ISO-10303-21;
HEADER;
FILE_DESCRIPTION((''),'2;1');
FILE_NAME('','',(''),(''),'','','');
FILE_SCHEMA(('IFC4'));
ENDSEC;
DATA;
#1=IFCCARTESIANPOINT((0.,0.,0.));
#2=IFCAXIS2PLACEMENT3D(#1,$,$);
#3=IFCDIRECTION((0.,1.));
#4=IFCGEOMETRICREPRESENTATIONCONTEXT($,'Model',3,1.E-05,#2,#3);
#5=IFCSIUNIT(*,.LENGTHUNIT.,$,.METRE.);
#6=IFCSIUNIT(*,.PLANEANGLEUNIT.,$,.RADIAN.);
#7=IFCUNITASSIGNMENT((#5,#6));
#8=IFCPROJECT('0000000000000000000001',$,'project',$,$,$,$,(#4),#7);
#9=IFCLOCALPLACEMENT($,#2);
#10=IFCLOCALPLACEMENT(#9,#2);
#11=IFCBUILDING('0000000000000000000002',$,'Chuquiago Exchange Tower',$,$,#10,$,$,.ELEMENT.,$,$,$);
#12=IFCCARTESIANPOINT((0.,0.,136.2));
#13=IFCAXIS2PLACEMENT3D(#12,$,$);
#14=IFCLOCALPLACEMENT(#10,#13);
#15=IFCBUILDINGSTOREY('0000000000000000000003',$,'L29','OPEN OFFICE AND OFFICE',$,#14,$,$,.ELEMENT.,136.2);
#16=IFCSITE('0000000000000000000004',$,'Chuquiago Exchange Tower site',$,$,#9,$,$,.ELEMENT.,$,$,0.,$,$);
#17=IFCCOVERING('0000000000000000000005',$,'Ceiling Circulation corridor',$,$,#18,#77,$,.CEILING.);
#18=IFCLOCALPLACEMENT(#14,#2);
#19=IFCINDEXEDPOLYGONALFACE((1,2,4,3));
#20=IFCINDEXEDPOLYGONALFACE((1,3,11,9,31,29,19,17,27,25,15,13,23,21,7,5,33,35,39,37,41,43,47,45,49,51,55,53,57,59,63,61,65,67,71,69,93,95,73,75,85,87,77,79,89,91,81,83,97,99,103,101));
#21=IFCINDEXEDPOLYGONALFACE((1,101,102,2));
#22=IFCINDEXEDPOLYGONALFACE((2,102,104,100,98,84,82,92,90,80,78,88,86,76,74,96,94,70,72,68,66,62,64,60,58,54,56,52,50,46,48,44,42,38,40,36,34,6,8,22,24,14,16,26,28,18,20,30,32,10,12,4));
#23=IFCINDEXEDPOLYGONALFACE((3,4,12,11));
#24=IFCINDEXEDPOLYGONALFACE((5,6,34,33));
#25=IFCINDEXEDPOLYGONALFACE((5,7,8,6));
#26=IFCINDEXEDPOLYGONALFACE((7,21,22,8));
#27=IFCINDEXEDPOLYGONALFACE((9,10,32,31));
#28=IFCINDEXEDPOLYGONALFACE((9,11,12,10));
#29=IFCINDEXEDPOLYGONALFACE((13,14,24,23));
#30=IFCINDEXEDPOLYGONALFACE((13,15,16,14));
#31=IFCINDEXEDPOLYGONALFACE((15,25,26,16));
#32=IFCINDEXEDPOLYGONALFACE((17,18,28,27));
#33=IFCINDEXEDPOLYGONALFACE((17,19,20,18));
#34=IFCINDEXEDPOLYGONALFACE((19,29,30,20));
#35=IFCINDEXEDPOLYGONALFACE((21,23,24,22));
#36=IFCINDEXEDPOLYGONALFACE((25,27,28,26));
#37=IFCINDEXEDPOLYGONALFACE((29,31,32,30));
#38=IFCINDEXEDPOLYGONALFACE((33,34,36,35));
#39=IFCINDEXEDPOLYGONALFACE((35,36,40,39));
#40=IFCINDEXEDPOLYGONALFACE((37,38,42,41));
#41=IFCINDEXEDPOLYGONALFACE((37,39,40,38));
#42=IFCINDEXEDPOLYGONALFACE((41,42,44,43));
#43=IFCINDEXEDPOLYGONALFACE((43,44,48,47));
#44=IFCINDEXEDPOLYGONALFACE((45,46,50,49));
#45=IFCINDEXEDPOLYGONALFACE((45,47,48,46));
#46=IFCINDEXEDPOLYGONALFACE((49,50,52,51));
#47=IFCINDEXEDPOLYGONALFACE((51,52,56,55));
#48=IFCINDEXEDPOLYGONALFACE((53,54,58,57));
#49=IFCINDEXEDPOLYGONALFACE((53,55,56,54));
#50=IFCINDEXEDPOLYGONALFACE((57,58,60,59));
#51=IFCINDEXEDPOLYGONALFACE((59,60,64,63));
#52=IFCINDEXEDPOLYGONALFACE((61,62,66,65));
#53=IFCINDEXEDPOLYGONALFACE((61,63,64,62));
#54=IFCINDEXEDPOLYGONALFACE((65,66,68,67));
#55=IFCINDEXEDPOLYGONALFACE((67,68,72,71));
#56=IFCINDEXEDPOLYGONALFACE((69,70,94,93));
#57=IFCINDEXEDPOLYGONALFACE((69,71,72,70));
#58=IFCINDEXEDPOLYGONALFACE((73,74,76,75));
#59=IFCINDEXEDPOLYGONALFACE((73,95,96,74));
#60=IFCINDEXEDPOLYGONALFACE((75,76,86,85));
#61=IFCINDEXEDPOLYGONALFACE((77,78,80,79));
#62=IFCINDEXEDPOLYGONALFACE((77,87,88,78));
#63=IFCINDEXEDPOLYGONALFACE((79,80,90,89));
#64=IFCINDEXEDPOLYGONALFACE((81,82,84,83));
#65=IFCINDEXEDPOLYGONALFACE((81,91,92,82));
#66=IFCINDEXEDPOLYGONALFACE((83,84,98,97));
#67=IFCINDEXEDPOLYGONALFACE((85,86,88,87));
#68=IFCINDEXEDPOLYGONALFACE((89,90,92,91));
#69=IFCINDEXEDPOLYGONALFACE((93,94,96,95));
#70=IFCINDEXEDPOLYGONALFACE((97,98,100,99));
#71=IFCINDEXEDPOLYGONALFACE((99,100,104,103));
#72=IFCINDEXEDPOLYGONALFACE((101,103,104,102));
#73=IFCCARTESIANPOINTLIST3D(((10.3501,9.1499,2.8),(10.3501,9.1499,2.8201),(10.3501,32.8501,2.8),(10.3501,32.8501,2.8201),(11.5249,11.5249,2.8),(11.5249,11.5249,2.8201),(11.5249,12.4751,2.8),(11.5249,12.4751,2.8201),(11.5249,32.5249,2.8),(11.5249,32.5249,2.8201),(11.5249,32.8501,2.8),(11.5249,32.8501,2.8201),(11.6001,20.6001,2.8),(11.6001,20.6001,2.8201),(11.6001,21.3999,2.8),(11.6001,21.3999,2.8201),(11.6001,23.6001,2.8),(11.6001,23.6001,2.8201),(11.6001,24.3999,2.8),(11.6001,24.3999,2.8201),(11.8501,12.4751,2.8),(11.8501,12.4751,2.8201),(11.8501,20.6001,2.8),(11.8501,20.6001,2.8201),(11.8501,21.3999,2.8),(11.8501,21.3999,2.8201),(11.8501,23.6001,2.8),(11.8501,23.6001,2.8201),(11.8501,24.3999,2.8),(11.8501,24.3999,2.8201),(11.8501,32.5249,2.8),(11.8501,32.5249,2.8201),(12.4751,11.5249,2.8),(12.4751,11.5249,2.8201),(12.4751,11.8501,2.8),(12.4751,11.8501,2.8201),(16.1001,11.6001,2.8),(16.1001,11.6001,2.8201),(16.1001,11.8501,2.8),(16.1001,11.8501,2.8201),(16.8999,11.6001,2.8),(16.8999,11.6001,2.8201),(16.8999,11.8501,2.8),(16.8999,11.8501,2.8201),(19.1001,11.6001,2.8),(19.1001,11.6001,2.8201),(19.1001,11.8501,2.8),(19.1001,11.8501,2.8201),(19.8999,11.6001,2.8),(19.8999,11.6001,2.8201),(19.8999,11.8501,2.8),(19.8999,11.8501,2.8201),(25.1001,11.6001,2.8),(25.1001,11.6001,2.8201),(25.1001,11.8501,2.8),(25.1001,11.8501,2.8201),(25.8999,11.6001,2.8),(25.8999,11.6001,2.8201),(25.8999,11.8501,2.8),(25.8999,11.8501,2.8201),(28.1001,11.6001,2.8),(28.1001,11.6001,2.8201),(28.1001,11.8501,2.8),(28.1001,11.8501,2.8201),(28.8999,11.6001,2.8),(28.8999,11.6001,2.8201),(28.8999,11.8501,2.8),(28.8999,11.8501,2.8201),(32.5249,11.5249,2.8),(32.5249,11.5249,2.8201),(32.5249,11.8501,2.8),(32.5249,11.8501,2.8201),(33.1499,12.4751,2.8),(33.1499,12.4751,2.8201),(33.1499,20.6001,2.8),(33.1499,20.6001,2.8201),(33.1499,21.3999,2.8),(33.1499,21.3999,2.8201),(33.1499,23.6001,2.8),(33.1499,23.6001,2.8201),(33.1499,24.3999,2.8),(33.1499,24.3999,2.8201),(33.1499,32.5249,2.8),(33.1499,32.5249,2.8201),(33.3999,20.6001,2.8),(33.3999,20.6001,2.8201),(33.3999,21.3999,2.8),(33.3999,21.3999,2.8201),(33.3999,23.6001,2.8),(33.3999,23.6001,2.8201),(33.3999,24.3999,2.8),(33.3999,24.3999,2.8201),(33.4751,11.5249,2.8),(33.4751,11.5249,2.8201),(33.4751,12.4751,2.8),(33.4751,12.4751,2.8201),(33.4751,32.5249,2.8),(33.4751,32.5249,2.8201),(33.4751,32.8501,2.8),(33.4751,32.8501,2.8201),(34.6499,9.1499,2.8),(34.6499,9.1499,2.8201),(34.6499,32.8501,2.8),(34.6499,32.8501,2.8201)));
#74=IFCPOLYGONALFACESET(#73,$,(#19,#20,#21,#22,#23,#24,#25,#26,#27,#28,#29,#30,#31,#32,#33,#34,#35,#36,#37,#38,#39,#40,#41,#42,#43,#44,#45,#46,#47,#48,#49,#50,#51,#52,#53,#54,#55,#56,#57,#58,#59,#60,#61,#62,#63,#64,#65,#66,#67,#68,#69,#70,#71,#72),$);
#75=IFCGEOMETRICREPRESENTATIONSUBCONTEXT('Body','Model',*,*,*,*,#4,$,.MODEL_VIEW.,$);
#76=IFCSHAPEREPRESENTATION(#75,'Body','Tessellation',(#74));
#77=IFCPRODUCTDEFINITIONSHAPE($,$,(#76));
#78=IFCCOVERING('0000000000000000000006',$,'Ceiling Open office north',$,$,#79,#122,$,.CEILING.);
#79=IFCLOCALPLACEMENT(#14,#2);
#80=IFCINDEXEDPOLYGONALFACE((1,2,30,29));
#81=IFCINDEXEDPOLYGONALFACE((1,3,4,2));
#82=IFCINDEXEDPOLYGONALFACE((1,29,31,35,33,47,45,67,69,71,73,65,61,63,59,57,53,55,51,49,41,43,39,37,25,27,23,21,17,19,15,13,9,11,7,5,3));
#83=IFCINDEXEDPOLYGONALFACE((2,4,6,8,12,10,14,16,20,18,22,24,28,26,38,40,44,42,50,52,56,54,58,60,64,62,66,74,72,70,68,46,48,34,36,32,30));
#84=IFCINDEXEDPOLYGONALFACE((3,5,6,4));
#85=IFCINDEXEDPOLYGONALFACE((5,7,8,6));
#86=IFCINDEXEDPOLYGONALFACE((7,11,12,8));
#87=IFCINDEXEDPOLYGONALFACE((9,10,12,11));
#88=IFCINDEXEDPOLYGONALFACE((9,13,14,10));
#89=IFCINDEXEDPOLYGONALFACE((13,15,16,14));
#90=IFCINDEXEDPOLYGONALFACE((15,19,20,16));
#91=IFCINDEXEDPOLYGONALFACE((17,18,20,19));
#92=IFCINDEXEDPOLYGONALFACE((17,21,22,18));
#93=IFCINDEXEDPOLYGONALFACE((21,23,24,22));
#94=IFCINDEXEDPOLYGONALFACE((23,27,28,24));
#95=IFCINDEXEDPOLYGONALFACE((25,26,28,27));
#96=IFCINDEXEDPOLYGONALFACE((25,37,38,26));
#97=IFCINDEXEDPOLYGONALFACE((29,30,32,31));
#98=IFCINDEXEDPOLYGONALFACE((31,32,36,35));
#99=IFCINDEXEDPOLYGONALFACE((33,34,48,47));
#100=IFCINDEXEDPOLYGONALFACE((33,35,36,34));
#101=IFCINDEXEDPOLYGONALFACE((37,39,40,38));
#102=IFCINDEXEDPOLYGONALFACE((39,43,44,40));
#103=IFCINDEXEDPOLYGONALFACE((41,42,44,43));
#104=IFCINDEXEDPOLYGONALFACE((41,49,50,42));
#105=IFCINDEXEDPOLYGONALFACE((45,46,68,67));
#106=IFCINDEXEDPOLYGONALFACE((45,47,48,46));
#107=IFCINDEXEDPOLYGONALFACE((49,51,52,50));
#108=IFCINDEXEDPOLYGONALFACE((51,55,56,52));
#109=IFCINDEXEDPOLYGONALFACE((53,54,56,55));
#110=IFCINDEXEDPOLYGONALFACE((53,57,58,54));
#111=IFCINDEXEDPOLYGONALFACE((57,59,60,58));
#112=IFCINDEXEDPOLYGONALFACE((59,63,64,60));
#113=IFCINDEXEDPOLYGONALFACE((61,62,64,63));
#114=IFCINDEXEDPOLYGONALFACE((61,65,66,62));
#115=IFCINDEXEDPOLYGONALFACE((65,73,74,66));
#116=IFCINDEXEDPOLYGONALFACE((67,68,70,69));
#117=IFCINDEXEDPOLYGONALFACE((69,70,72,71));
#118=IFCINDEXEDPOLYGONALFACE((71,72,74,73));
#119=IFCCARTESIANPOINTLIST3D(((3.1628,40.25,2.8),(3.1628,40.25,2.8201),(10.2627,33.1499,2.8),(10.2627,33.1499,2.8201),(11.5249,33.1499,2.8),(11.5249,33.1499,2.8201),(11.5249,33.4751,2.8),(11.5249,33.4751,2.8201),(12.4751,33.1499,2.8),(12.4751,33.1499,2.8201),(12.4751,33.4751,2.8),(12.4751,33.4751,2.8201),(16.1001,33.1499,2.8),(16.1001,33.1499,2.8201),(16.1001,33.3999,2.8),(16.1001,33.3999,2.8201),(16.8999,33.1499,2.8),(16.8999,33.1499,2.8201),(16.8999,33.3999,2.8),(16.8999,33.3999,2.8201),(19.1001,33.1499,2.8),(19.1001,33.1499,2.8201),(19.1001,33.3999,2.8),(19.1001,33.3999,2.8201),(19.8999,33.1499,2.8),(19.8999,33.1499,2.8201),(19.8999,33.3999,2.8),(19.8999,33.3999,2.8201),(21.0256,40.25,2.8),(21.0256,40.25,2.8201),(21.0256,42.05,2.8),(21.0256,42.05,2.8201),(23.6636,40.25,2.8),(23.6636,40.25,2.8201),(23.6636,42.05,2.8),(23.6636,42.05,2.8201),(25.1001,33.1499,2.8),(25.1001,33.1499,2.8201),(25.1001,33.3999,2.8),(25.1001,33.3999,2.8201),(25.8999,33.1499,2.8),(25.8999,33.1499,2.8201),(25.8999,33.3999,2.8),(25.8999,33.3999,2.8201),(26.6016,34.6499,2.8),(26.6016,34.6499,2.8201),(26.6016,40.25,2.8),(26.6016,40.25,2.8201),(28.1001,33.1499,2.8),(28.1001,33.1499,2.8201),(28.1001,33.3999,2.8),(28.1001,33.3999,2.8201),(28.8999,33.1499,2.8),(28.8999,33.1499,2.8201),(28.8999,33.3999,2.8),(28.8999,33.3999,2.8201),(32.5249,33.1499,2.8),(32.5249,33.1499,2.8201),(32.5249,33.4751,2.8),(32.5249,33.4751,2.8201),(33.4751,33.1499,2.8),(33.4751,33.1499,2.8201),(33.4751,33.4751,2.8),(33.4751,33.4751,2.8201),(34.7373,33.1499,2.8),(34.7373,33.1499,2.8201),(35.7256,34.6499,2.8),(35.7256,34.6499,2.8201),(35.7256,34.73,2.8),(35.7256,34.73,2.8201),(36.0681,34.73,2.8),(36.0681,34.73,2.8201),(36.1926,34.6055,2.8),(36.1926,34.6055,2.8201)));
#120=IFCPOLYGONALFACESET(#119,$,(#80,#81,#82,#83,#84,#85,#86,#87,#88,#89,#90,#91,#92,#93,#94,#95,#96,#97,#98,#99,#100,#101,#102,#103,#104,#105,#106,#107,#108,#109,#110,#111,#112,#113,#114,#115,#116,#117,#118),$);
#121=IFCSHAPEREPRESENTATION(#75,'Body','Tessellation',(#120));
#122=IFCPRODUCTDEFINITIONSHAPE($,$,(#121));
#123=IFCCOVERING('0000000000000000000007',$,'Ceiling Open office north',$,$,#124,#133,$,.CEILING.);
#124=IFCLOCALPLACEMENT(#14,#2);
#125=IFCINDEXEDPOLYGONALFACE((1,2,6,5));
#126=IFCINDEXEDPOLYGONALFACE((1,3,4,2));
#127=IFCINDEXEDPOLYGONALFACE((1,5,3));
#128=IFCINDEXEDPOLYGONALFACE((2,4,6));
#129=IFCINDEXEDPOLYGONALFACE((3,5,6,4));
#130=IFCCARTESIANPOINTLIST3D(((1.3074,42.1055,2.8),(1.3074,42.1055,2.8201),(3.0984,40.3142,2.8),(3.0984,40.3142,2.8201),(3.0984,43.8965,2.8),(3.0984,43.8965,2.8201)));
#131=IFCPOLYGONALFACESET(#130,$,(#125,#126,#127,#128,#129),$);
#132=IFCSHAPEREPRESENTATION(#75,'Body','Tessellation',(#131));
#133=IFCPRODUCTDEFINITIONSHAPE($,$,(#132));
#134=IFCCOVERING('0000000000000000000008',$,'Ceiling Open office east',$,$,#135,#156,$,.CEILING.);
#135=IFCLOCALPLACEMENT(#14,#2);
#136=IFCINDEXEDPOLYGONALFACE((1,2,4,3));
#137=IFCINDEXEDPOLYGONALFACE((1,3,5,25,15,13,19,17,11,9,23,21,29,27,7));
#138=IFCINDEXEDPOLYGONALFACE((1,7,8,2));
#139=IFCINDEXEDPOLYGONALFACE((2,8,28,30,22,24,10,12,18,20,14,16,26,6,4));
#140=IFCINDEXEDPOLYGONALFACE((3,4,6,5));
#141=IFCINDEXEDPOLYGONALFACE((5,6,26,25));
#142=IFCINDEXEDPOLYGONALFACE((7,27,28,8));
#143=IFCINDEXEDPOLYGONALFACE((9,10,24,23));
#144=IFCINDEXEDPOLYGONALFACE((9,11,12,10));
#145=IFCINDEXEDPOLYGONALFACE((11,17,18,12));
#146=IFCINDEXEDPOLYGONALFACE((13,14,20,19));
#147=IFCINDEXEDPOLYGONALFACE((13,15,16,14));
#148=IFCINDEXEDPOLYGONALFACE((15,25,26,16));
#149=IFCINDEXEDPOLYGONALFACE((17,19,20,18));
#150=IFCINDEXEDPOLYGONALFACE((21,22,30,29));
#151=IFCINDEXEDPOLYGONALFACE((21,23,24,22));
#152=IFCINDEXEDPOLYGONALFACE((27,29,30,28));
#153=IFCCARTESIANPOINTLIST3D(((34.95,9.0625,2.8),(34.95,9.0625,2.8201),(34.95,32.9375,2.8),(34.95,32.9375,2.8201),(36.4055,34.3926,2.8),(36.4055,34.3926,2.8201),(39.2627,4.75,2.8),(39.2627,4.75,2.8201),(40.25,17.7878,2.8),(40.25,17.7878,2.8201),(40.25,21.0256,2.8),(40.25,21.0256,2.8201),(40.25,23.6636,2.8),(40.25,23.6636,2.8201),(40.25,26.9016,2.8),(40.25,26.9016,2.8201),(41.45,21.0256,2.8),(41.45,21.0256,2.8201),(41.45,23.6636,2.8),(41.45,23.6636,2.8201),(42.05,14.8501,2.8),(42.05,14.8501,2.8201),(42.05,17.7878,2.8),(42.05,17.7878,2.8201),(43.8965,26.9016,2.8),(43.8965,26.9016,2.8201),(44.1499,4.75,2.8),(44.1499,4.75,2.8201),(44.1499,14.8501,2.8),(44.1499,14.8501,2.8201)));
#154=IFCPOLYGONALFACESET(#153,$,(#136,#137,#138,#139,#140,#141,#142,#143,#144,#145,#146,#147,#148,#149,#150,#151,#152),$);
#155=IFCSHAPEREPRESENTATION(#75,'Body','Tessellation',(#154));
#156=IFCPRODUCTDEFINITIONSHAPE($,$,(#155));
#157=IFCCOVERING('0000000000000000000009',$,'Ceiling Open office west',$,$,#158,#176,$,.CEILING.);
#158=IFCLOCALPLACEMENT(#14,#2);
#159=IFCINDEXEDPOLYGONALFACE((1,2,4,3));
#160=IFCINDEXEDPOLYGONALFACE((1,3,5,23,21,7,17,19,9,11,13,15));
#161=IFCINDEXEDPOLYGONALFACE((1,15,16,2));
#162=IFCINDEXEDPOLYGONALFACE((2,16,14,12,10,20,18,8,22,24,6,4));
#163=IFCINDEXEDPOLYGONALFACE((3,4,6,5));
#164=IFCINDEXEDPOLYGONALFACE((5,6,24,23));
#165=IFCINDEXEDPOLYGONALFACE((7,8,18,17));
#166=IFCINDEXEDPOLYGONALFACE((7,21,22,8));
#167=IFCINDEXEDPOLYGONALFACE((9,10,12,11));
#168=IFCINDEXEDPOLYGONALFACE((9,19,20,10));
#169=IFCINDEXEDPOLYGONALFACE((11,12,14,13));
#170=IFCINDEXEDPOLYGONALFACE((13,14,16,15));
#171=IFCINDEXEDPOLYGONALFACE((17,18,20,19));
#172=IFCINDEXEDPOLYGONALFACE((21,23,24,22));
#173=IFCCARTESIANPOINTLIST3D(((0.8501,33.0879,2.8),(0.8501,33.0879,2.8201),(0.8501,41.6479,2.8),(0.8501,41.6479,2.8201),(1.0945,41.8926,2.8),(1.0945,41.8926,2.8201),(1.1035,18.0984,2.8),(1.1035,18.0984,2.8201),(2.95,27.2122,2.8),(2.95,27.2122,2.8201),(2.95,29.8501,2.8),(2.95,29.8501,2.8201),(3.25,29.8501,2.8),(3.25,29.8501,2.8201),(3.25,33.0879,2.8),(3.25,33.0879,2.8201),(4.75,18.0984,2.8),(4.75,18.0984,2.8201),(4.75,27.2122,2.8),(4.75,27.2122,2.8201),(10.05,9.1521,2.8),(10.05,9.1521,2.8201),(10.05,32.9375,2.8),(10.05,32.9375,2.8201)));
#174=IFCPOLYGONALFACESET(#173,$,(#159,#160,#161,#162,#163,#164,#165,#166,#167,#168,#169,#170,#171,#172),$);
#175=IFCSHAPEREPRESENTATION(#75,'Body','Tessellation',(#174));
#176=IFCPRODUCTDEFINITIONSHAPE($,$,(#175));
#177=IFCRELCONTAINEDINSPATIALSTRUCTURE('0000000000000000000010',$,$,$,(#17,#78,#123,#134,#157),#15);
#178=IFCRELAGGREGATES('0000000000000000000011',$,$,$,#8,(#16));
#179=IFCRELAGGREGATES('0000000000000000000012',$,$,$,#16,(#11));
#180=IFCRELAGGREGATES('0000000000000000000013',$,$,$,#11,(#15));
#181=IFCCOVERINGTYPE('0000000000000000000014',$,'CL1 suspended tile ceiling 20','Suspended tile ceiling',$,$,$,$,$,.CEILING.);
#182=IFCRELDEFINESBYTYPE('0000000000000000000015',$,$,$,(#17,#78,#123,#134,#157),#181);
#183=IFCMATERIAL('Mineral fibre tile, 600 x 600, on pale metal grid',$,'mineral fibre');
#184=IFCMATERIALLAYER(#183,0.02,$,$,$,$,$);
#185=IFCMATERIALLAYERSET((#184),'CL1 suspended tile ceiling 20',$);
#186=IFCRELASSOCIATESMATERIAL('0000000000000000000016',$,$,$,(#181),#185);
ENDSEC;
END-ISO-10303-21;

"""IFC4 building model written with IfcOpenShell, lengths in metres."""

from ifc_helpers import new_model, si_unit, direction, frame, origin, place, context, subcontext, project, spatial, polyline, outline, extrude, material, layer, layer_set, type_object, element, save


model = new_model("IFC4")

# Units and contexts
model_context = context("Model", 3, precision=1e-05, world=origin(), true_north=direction((0.0, 1.0)))
body_context = subcontext(model_context, "Body", "Model", "MODEL_VIEW")
ifc_project = project(units=[si_unit("LENGTHUNIT", "METRE"), si_unit("PLANEANGLEUNIT", "RADIAN")], contexts=[model_context])

# Site, building, storey
site_placement = place(None, origin())
site = spatial("IfcSite", under=ifc_project, at=site_placement, Name="Chuquiago Exchange Tower site", CompositionType="ELEMENT", RefElevation=0.0)
building_placement = place(site_placement, origin())
building = spatial("IfcBuilding", under=site, at=building_placement, Name="Chuquiago Exchange Tower", CompositionType="ELEMENT")
storey_placement = place(building_placement, frame((0.0, 0.0, 136.2)))
storey = spatial("IfcBuildingStorey", under=building, at=storey_placement, Name="L29", Description="OPEN OFFICE AND OFFICE", CompositionType="ELEMENT", Elevation=136.2)

# Coverings
ifc_material_1 = material(Name="Mineral fibre tile, 600 x 600, on pale metal grid", Category="mineral fibre")
ifc_layer_1 = layer(ifc_material_1, 0.02)
ifc_layer_set_1 = layer_set([ifc_layer_1], Name="CL1 suspended tile ceiling 20")
covering_type_1 = type_object("IfcCoveringType", Name="CL1 suspended tile ceiling 20", Description="Suspended tile ceiling", PredefinedType="CEILING", material=ifc_layer_set_1)
covering_1_placement = place(storey_placement, frame((0.0, 0.0, 2.8)))
element("IfcCovering", 1, at=covering_1_placement, inside=storey, type_object=covering_type_1, Name="Ceiling Circulation corridor", PredefinedType="CEILING", context=body_context, shape_type="SweptSolid", body=[
    extrude(outline(polyline([(16.1001, 11.8501), (16.1001, 11.6001), (16.8999, 11.6001), (16.8999, 11.8501), (19.1001, 11.8501), (19.1001, 11.6001), (19.8999, 11.6001), (19.8999, 11.8501), (25.1001, 11.8501), (25.1001, 11.6001), (25.8999, 11.6001), (25.8999, 11.8501), (28.1001, 11.8501), (28.1001, 11.6001), (28.8999, 11.6001), (28.8999, 11.8501), (32.5249, 11.8501), (32.5249, 11.5249), (33.4751, 11.5249), (33.4751, 12.4751), (33.1499, 12.4751), (33.1499, 20.6001), (33.3999, 20.6001), (33.3999, 21.3999), (33.1499, 21.3999), (33.1499, 23.6001), (33.3999, 23.6001), (33.3999, 24.3999), (33.1499, 24.3999), (33.1499, 32.5249), (33.4751, 32.5249), (33.4751, 32.8501), (34.6499, 32.8501), (34.6499, 9.1499), (10.3501, 9.1499), (10.3501, 32.8501), (11.5249, 32.8501), (11.5249, 32.5249), (11.8501, 32.5249), (11.8501, 24.3999), (11.6001, 24.3999), (11.6001, 23.6001), (11.8501, 23.6001), (11.8501, 21.3999), (11.6001, 21.3999), (11.6001, 20.6001), (11.8501, 20.6001), (11.8501, 12.4751), (11.5249, 12.4751), (11.5249, 11.5249), (12.4751, 11.5249), (12.4751, 11.8501), (16.1001, 11.8501)])), origin(), (0.0, 0.0, 1.0), 0.02),
])
covering_2_placement = place(storey_placement, frame((0.0, 0.0, 2.8)))
element("IfcCovering", 2, at=covering_2_placement, inside=storey, type_object=covering_type_1, Name="Ceiling Open office north", PredefinedType="CEILING", context=body_context, shape_type="SweptSolid", body=[
    extrude(outline(polyline([(21.0256, 40.25), (21.0256, 42.05), (23.6636, 42.05), (23.6636, 40.25), (26.6016, 40.25), (26.6016, 34.6499), (35.7256, 34.6499), (35.7256, 34.73), (36.0681, 34.73), (36.1926, 34.6055), (34.7373, 33.1499), (33.4751, 33.1499), (33.4751, 33.4751), (32.5249, 33.4751), (32.5249, 33.1499), (28.8999, 33.1499), (28.8999, 33.3999), (28.1001, 33.3999), (28.1001, 33.1499), (25.8999, 33.1499), (25.8999, 33.3999), (25.1001, 33.3999), (25.1001, 33.1499), (19.8999, 33.1499), (19.8999, 33.3999), (19.1001, 33.3999), (19.1001, 33.1499), (16.8999, 33.1499), (16.8999, 33.3999), (16.1001, 33.3999), (16.1001, 33.1499), (12.4751, 33.1499), (12.4751, 33.4751), (11.5249, 33.4751), (11.5249, 33.1499), (10.2627, 33.1499), (3.1628, 40.25), (21.0256, 40.25)])), origin(), (0.0, 0.0, 1.0), 0.02),
])
covering_3_placement = place(storey_placement, frame((0.0, 0.0, 2.8)))
element("IfcCovering", 3, at=covering_3_placement, inside=storey, type_object=covering_type_1, Name="Ceiling Open office north", PredefinedType="CEILING", context=body_context, shape_type="SweptSolid", body=[
    extrude(outline(polyline([(1.3074, 42.1055), (3.0984, 43.8965), (3.0984, 40.3142), (1.3074, 42.1055)])), origin(), (0.0, 0.0, 1.0), 0.02),
])
covering_4_placement = place(storey_placement, frame((0.0, 0.0, 2.8)))
element("IfcCovering", 4, at=covering_4_placement, inside=storey, type_object=covering_type_1, Name="Ceiling Open office east", PredefinedType="CEILING", context=body_context, shape_type="SweptSolid", body=[
    extrude(outline(polyline([(40.25, 26.9016), (40.25, 23.6636), (41.45, 23.6636), (41.45, 21.0256), (40.25, 21.0256), (40.25, 17.7878), (42.05, 17.7878), (42.05, 14.8501), (44.1499, 14.8501), (44.1499, 4.75), (39.2627, 4.75), (34.95, 9.0625), (34.95, 32.9375), (36.4055, 34.3926), (43.8965, 26.9016), (40.25, 26.9016)])), origin(), (0.0, 0.0, 1.0), 0.02),
])
covering_5_placement = place(storey_placement, frame((0.0, 0.0, 2.8)))
element("IfcCovering", 5, at=covering_5_placement, inside=storey, type_object=covering_type_1, Name="Ceiling Open office west", PredefinedType="CEILING", context=body_context, shape_type="SweptSolid", body=[
    extrude(outline(polyline([(1.1035, 18.0984), (4.75, 18.0984), (4.75, 27.2122), (2.95, 27.2122), (2.95, 29.8501), (3.25, 29.8501), (3.25, 33.0879), (0.8501, 33.0879), (0.8501, 41.6479), (1.0945, 41.8926), (10.05, 32.9375), (10.05, 9.1521), (1.1035, 18.0984)])), origin(), (0.0, 0.0, 1.0), 0.02),
])

save(model, "model.ifc")
